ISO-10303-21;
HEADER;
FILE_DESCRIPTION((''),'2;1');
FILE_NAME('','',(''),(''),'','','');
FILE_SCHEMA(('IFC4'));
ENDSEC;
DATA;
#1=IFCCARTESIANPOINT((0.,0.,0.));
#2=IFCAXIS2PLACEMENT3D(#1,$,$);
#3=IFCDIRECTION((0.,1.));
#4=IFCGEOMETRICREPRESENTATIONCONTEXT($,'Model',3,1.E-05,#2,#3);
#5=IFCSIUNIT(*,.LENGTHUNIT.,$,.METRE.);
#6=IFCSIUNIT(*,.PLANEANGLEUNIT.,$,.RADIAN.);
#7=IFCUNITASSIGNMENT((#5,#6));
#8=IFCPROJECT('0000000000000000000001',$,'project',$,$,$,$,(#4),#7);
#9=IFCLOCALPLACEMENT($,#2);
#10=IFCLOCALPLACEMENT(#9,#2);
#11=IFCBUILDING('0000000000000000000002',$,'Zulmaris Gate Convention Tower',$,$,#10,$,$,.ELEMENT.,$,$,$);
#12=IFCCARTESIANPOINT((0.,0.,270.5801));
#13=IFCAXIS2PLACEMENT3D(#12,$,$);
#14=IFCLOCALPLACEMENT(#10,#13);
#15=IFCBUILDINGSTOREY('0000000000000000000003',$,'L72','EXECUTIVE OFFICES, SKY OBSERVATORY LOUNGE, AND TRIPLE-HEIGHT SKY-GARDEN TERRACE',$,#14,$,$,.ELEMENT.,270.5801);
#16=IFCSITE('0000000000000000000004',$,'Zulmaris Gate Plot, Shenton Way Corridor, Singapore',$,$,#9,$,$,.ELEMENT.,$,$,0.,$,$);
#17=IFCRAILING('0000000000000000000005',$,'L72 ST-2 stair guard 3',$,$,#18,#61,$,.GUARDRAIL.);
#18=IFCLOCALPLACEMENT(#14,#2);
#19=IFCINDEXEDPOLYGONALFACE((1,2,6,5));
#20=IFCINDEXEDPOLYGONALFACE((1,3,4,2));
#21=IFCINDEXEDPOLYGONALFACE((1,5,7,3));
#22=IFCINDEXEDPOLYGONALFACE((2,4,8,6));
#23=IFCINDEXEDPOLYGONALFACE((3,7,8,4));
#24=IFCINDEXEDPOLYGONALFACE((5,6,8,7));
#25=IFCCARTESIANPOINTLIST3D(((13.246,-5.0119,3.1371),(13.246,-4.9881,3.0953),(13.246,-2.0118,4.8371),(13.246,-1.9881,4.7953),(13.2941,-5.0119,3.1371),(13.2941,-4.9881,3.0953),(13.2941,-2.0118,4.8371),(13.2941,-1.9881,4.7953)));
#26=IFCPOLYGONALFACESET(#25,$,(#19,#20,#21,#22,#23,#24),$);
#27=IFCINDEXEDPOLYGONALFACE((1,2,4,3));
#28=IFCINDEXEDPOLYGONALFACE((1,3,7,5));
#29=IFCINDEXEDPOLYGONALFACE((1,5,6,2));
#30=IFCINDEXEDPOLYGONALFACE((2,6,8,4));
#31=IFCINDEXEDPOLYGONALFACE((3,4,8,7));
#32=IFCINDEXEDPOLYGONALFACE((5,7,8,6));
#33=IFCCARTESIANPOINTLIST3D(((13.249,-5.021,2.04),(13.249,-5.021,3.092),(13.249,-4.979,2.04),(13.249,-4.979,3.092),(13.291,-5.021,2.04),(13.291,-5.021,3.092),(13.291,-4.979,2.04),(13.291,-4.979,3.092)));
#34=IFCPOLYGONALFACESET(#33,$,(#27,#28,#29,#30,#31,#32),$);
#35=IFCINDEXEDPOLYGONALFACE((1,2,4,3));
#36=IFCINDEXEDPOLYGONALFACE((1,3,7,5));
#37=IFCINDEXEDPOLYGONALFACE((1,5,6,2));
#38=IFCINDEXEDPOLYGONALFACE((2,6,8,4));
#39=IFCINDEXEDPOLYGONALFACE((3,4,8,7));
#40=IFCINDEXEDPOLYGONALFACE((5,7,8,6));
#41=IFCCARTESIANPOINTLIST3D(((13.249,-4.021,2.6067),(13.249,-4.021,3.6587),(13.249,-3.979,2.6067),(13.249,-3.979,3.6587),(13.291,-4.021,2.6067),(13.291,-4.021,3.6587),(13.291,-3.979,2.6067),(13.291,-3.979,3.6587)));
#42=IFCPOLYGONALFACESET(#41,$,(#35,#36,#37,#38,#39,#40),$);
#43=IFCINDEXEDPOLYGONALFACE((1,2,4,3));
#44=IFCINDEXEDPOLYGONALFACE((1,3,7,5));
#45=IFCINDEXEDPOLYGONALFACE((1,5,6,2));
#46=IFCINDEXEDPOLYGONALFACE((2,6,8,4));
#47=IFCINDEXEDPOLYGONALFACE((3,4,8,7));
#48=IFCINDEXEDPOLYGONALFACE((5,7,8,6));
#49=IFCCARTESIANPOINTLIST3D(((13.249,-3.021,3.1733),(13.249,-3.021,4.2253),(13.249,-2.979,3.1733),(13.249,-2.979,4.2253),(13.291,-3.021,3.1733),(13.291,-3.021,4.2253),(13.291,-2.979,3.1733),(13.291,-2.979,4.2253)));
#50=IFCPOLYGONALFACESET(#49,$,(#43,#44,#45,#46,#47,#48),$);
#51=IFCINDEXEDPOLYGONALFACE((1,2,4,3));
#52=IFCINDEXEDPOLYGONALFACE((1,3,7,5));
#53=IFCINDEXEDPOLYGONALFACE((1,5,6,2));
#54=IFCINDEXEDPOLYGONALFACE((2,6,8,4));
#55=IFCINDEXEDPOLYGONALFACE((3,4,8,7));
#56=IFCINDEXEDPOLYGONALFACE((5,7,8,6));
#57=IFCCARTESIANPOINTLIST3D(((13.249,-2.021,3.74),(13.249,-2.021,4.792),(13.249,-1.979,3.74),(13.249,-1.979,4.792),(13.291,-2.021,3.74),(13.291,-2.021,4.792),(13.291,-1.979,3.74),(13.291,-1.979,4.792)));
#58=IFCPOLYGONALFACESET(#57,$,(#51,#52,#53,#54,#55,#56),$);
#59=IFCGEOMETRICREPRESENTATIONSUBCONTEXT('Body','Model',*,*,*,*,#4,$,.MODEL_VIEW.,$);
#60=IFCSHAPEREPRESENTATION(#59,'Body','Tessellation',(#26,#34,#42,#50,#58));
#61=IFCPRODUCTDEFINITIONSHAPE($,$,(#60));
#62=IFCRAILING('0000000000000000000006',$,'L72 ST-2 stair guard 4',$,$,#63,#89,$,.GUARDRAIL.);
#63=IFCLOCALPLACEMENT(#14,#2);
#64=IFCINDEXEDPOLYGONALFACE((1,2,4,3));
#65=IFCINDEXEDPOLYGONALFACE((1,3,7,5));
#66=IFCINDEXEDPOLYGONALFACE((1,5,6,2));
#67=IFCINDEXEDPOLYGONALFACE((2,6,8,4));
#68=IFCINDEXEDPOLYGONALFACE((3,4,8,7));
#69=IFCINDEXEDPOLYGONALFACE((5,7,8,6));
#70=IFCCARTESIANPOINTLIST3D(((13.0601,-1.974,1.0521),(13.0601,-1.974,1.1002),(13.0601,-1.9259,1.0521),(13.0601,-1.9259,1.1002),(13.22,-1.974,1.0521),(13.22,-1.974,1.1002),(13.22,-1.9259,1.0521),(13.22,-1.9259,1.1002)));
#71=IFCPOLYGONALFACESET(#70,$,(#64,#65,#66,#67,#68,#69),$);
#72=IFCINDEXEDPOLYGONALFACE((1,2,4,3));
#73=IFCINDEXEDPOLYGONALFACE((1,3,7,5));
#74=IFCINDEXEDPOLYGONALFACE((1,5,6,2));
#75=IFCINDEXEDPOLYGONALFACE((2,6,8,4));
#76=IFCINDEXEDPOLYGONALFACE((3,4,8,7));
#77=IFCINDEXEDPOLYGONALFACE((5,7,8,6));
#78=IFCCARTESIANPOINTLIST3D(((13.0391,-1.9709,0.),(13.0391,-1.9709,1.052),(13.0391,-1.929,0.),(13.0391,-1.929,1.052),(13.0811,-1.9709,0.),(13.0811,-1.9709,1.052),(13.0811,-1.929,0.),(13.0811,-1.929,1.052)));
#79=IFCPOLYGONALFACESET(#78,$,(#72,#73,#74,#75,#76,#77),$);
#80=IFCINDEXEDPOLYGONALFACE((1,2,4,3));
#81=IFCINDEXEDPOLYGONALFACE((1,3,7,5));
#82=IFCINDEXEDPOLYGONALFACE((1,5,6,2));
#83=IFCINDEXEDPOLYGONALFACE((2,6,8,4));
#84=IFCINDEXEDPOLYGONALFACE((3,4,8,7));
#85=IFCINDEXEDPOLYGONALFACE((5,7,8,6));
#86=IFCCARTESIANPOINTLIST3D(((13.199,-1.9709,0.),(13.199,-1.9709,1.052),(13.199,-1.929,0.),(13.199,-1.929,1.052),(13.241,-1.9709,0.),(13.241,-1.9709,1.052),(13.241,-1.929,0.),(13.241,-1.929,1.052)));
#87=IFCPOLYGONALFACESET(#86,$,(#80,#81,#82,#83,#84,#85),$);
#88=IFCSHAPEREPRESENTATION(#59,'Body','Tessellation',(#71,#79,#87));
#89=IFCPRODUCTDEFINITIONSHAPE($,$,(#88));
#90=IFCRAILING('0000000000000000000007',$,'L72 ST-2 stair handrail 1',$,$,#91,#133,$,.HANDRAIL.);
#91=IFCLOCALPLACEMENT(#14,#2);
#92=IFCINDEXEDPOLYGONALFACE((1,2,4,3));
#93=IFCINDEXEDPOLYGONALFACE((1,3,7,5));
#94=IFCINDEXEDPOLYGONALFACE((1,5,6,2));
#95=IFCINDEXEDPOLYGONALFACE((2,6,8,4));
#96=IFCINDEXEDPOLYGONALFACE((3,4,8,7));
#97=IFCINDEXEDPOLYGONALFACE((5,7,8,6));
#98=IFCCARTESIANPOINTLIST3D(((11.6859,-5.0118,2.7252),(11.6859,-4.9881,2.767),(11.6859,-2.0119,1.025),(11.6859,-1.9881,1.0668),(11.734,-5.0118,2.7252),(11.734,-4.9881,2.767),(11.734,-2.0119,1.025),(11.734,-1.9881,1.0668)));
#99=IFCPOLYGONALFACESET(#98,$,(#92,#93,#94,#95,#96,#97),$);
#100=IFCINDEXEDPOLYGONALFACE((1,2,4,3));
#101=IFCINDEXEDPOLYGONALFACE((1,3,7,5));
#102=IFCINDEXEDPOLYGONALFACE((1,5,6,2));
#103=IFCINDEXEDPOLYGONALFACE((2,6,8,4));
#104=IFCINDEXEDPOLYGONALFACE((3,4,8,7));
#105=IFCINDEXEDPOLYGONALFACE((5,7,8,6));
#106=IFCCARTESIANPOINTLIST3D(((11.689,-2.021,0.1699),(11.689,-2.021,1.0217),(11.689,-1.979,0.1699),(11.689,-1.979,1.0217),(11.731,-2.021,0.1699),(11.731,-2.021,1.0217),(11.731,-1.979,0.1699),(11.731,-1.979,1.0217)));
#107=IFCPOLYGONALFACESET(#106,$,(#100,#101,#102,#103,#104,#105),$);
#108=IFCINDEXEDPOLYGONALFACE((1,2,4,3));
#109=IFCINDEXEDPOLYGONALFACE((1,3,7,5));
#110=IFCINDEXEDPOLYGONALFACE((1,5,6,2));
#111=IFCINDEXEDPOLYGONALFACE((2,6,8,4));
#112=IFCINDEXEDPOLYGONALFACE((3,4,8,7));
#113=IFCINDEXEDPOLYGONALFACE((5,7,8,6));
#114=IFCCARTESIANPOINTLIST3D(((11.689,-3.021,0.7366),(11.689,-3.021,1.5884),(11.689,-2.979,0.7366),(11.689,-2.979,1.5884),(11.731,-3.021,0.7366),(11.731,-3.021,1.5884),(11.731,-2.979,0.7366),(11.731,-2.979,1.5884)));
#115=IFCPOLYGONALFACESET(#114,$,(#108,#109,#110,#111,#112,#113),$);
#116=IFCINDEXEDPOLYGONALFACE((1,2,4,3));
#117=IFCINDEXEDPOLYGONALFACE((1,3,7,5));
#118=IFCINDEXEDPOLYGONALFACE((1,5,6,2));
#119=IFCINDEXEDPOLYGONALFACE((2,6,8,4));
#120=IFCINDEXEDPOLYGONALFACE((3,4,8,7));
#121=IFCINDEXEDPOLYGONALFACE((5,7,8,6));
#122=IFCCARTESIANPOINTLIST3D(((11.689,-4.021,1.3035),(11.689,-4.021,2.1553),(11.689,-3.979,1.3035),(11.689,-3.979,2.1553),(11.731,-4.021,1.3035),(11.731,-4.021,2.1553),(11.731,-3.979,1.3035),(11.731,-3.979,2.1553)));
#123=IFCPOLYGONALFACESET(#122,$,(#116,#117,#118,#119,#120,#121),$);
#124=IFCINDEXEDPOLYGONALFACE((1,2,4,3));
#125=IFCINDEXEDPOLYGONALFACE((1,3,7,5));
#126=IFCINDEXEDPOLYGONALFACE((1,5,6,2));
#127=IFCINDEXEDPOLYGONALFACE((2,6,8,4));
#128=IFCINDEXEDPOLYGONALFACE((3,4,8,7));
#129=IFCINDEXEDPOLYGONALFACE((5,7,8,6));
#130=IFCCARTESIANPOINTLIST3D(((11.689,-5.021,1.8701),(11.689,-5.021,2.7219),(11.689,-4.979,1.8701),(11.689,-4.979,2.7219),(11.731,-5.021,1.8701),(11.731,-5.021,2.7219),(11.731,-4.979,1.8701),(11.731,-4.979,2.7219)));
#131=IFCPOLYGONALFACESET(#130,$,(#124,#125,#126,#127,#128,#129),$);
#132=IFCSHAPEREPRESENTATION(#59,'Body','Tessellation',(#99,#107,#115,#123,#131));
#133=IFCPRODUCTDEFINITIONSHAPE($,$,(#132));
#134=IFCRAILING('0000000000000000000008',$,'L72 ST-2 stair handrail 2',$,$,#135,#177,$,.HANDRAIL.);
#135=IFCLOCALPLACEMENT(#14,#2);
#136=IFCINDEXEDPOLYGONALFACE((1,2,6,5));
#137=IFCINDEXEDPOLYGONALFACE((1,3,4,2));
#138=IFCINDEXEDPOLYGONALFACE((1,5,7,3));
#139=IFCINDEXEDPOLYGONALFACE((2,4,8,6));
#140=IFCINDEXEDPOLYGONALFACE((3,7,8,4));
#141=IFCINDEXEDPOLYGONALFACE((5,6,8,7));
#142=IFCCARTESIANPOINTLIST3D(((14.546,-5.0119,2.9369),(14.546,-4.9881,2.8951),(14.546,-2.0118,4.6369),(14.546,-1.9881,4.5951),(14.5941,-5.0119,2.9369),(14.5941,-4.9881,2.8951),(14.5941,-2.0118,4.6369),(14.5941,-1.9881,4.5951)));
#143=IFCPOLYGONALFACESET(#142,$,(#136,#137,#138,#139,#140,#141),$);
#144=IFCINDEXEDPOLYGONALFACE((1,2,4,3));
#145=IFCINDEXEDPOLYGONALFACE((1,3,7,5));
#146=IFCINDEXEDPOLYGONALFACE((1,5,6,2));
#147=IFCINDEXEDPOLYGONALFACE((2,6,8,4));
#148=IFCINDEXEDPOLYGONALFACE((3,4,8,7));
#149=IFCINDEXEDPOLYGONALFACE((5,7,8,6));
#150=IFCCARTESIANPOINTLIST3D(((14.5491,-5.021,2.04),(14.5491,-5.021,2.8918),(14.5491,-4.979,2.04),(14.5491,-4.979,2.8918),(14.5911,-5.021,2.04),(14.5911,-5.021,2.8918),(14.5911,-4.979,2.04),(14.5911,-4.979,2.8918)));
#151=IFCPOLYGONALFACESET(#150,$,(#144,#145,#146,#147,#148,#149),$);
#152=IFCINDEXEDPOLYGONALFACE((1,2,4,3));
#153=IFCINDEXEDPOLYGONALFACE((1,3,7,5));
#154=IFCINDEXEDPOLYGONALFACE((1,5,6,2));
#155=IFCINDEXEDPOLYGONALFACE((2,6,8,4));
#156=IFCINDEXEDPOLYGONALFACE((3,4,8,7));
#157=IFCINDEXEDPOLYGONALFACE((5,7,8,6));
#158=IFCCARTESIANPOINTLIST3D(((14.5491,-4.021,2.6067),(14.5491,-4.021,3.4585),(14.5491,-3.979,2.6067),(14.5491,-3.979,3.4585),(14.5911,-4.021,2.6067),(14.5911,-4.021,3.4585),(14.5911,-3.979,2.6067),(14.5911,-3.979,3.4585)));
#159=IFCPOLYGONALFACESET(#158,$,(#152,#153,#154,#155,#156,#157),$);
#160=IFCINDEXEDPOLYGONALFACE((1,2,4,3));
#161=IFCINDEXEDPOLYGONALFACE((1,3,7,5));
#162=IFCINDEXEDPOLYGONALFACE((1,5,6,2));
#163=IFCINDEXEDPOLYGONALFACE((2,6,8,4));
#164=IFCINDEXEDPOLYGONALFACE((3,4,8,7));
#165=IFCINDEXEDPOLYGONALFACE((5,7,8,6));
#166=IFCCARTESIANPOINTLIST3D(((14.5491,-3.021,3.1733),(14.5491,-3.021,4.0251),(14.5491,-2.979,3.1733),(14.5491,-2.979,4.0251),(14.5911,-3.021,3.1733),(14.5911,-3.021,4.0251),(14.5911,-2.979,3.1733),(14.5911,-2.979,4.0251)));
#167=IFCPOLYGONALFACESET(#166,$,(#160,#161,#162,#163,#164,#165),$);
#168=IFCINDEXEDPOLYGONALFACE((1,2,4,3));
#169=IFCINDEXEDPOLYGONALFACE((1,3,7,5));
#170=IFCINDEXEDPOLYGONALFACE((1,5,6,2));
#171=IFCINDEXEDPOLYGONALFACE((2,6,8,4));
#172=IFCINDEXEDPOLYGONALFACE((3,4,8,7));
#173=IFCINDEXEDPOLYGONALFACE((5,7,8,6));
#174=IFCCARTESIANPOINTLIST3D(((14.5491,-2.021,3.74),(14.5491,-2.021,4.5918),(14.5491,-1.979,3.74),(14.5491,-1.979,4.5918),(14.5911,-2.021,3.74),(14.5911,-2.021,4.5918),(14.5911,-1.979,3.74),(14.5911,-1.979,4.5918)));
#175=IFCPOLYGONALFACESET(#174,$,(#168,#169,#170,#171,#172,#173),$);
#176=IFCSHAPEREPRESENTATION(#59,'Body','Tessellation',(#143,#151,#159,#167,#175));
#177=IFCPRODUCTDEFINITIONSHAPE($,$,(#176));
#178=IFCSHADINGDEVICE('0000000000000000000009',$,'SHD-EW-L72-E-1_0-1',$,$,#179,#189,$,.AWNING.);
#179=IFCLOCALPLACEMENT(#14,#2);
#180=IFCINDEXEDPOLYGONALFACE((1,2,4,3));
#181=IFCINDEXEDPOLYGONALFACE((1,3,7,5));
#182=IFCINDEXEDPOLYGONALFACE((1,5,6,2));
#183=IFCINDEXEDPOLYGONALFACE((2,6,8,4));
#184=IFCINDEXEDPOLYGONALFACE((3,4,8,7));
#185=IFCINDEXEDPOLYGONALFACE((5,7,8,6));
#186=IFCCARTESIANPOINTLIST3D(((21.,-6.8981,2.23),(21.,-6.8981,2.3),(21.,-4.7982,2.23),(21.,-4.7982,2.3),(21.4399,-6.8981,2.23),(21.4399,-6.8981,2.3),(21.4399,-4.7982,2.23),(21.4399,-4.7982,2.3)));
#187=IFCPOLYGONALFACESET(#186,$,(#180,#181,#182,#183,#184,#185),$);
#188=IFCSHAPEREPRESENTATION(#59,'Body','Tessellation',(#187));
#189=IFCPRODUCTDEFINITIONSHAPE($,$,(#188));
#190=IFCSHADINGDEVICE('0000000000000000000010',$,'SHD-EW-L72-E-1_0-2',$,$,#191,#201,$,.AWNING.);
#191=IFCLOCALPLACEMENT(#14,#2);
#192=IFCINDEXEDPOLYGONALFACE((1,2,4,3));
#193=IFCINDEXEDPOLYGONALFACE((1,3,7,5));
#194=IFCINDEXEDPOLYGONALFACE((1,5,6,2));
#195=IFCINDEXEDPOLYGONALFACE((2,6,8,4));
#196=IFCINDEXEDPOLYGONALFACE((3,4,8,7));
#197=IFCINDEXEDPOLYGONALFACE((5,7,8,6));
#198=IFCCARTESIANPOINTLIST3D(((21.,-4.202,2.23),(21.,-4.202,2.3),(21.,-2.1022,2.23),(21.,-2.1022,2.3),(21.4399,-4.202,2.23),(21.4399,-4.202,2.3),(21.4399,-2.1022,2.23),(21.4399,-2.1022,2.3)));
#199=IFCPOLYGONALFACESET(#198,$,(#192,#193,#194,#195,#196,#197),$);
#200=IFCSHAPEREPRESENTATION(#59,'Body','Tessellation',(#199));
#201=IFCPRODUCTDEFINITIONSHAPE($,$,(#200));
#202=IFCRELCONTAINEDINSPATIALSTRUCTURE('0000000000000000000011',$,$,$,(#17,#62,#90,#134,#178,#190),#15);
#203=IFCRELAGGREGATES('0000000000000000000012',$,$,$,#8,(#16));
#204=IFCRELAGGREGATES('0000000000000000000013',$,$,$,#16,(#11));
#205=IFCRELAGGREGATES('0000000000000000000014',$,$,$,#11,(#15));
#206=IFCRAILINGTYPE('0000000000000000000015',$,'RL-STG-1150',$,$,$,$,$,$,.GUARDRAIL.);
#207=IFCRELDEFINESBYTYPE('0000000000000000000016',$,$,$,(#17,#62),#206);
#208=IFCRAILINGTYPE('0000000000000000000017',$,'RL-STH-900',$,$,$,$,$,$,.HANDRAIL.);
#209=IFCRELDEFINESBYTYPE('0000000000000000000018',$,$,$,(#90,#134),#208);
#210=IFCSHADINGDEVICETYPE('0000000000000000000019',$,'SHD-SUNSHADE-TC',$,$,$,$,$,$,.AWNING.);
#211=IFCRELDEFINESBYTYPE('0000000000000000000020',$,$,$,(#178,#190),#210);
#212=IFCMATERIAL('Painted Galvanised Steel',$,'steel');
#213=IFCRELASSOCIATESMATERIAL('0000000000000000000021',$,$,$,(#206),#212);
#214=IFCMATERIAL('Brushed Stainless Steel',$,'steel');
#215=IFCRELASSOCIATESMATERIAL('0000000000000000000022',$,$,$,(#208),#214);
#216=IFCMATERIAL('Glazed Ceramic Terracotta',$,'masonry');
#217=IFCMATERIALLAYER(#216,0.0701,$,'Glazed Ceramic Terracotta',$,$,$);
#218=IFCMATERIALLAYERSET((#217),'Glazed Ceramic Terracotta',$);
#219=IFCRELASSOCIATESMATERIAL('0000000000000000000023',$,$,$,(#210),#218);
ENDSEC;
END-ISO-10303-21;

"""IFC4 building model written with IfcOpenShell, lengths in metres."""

from ifc_helpers import new_model, si_unit, direction, frame, frame_2d, origin, origin_2d, place, context, subcontext, project, spatial, rectangle, extrude, material, layer, layer_set, type_object, element, save


model = new_model("IFC4")

# Units and contexts
model_context = context("Model", 3, precision=1e-05, world=origin(), true_north=direction((0.0, 1.0)))
body_context = subcontext(model_context, "Body", "Model", "MODEL_VIEW")
ifc_project = project(units=[si_unit("LENGTHUNIT", "METRE"), si_unit("PLANEANGLEUNIT", "RADIAN")], contexts=[model_context])

# Site, building, storey
site_placement = place(None, origin())
site = spatial("IfcSite", under=ifc_project, at=site_placement, Name="Zulmaris Gate Plot, Shenton Way Corridor, Singapore", CompositionType="ELEMENT", RefElevation=0.0)
building_placement = place(site_placement, origin())
building = spatial("IfcBuilding", under=site, at=building_placement, Name="Zulmaris Gate Convention Tower", CompositionType="ELEMENT")
storey_placement = place(building_placement, frame((0.0, 0.0, 270.5801)))
storey = spatial("IfcBuildingStorey", under=building, at=storey_placement, Name="L72", Description="EXECUTIVE OFFICES, SKY OBSERVATORY LOUNGE, AND TRIPLE-HEIGHT SKY-GARDEN TERRACE", CompositionType="ELEMENT", Elevation=270.5801)

# Railings
ifc_material_1 = material(Name="Painted Galvanised Steel", Category="steel")
railing_type_1 = type_object("IfcRailingType", Name="RL-STG-1150", PredefinedType="GUARDRAIL", material=ifc_material_1)
railing_1_placement = place(storey_placement, frame((13.27, -5.0, 2.04)))
element("IfcRailing", 1, at=railing_1_placement, inside=storey, type_object=railing_type_1, Name="L72 ST-2 stair guard 3", PredefinedType="GUARDRAIL", context=body_context, shape_type="SweptSolid", body=[
    extrude(rectangle(XDim=0.0481, YDim=0.0481, at=origin_2d()), frame((0.0, 0.0, 1.0762), z_axis=(0.0, 0.870028, 0.493002), x_axis=(-1.0, 0.0, 0.0)), (0.0, 0.0, 1.0), 3.4482),
    extrude(rectangle(XDim=0.042, YDim=0.042, at=origin_2d()), origin(), (0.0, 0.0, 1.0), 1.052),
    extrude(rectangle(XDim=0.042, YDim=0.042, at=origin_2d()), frame((0.0, 1.0, 0.5667)), (0.0, 0.0, 1.0), 1.052),
    extrude(rectangle(XDim=0.042, YDim=0.042, at=origin_2d()), frame((0.0, 2.0, 1.1333)), (0.0, 0.0, 1.0), 1.052),
    extrude(rectangle(XDim=0.042, YDim=0.042, at=origin_2d()), frame((0.0, 3.0, 1.7)), (0.0, 0.0, 1.0), 1.052),
])
railing_2_placement = place(storey_placement, frame((13.0601, -1.95, 0.0)))
element("IfcRailing", 2, at=railing_2_placement, inside=storey, type_object=railing_type_1, Name="L72 ST-2 stair guard 4", PredefinedType="GUARDRAIL", context=body_context, shape_type="SweptSolid", body=[
    extrude(rectangle(XDim=0.0481, YDim=0.0481, at=origin_2d()), frame((0.0, 0.0, 1.0762), z_axis=(1.0, 0.0, 0.0), x_axis=(0.0, 1.0, 0.0)), (0.0, 0.0, 1.0), 0.1599),
    extrude(rectangle(XDim=0.042, YDim=0.042, at=origin_2d()), origin(), (0.0, 0.0, 1.0), 1.052),
    extrude(rectangle(XDim=0.042, YDim=0.042, at=origin_2d()), frame((0.1599, 0.0, 0.0)), (0.0, 0.0, 1.0), 1.052),
])
ifc_material_2 = material(Name="Brushed Stainless Steel", Category="steel")
railing_type_2 = type_object("IfcRailingType", Name="RL-STH-900", PredefinedType="HANDRAIL", material=ifc_material_2)
railing_3_placement = place(storey_placement, frame((11.71, -2.0, 0.1699)))
element("IfcRailing", 3, at=railing_3_placement, inside=storey, type_object=railing_type_2, Name="L72 ST-2 stair handrail 1", PredefinedType="HANDRAIL", context=body_context, shape_type="SweptSolid", body=[
    extrude(rectangle(XDim=0.0481, YDim=0.0481, at=origin_2d()), frame((0.0, 0.0, 0.876), z_axis=(0.0, -0.869998, 0.493055), x_axis=(1.0, 0.0, 0.0)), (0.0, 0.0, 1.0), 3.4482),
    extrude(rectangle(XDim=0.042, YDim=0.042, at=origin_2d()), origin(), (0.0, 0.0, 1.0), 0.8518),
    extrude(rectangle(XDim=0.042, YDim=0.042, at=origin_2d()), frame((0.0, -1.0, 0.5667)), (0.0, 0.0, 1.0), 0.8518),
    extrude(rectangle(XDim=0.042, YDim=0.042, at=origin_2d()), frame((0.0, -2.0, 1.1335)), (0.0, 0.0, 1.0), 0.8518),
    extrude(rectangle(XDim=0.042, YDim=0.042, at=origin_2d()), frame((0.0, -3.0, 1.7002)), (0.0, 0.0, 1.0), 0.8518),
])
railing_4_placement = place(storey_placement, frame((14.5701, -5.0, 2.04)))
element("IfcRailing", 4, at=railing_4_placement, inside=storey, type_object=railing_type_2, Name="L72 ST-2 stair handrail 2", PredefinedType="HANDRAIL", context=body_context, shape_type="SweptSolid", body=[
    extrude(rectangle(XDim=0.0481, YDim=0.0481, at=origin_2d()), frame((0.0, 0.0, 0.876), z_axis=(0.0, 0.870028, 0.493002), x_axis=(-1.0, 0.0, 0.0)), (0.0, 0.0, 1.0), 3.4482),
    extrude(rectangle(XDim=0.042, YDim=0.042, at=origin_2d()), origin(), (0.0, 0.0, 1.0), 0.8518),
    extrude(rectangle(XDim=0.042, YDim=0.042, at=origin_2d()), frame((0.0, 1.0, 0.5667)), (0.0, 0.0, 1.0), 0.8518),
    extrude(rectangle(XDim=0.042, YDim=0.042, at=origin_2d()), frame((0.0, 2.0, 1.1333)), (0.0, 0.0, 1.0), 0.8518),
    extrude(rectangle(XDim=0.042, YDim=0.042, at=origin_2d()), frame((0.0, 3.0, 1.7)), (0.0, 0.0, 1.0), 0.8518),
])

# Shading devices
ifc_material_3 = material(Name="Glazed Ceramic Terracotta", Category="masonry")
ifc_layer_1 = layer(ifc_material_3, 0.0701, Name="Glazed Ceramic Terracotta")
ifc_layer_set_1 = layer_set([ifc_layer_1], Name="Glazed Ceramic Terracotta")
shading_device_type = type_object("IfcShadingDeviceType", Name="SHD-SUNSHADE-TC", PredefinedType="AWNING", material=ifc_layer_set_1)
for number, where, z_axis, x_axis, name in (
    (5, (21.22, -6.8979, 2.23), (0.0, 0.0, 1.0), (0.0, 1.0, 0.0), "SHD-EW-L72-E-1_0-1"),
    (6, (21.22, -4.2019, 2.23), (0.0, 0.0, 1.0), (0.0, 1.0, 0.0), "SHD-EW-L72-E-1_0-2"),
):
    element("IfcShadingDevice", number, at=place(storey_placement, frame(where, z_axis=z_axis, x_axis=x_axis)), inside=storey, type_object=shading_device_type, Name=name, PredefinedType="AWNING", context=body_context, shape_type="SweptSolid", body=[
        extrude(rectangle(XDim=2.0999, YDim=0.4399, at=frame_2d((1.0498, 0.0))), origin(), (0.0, 0.0, 1.0), 0.0701),
    ])

save(model, "model.ifc")
